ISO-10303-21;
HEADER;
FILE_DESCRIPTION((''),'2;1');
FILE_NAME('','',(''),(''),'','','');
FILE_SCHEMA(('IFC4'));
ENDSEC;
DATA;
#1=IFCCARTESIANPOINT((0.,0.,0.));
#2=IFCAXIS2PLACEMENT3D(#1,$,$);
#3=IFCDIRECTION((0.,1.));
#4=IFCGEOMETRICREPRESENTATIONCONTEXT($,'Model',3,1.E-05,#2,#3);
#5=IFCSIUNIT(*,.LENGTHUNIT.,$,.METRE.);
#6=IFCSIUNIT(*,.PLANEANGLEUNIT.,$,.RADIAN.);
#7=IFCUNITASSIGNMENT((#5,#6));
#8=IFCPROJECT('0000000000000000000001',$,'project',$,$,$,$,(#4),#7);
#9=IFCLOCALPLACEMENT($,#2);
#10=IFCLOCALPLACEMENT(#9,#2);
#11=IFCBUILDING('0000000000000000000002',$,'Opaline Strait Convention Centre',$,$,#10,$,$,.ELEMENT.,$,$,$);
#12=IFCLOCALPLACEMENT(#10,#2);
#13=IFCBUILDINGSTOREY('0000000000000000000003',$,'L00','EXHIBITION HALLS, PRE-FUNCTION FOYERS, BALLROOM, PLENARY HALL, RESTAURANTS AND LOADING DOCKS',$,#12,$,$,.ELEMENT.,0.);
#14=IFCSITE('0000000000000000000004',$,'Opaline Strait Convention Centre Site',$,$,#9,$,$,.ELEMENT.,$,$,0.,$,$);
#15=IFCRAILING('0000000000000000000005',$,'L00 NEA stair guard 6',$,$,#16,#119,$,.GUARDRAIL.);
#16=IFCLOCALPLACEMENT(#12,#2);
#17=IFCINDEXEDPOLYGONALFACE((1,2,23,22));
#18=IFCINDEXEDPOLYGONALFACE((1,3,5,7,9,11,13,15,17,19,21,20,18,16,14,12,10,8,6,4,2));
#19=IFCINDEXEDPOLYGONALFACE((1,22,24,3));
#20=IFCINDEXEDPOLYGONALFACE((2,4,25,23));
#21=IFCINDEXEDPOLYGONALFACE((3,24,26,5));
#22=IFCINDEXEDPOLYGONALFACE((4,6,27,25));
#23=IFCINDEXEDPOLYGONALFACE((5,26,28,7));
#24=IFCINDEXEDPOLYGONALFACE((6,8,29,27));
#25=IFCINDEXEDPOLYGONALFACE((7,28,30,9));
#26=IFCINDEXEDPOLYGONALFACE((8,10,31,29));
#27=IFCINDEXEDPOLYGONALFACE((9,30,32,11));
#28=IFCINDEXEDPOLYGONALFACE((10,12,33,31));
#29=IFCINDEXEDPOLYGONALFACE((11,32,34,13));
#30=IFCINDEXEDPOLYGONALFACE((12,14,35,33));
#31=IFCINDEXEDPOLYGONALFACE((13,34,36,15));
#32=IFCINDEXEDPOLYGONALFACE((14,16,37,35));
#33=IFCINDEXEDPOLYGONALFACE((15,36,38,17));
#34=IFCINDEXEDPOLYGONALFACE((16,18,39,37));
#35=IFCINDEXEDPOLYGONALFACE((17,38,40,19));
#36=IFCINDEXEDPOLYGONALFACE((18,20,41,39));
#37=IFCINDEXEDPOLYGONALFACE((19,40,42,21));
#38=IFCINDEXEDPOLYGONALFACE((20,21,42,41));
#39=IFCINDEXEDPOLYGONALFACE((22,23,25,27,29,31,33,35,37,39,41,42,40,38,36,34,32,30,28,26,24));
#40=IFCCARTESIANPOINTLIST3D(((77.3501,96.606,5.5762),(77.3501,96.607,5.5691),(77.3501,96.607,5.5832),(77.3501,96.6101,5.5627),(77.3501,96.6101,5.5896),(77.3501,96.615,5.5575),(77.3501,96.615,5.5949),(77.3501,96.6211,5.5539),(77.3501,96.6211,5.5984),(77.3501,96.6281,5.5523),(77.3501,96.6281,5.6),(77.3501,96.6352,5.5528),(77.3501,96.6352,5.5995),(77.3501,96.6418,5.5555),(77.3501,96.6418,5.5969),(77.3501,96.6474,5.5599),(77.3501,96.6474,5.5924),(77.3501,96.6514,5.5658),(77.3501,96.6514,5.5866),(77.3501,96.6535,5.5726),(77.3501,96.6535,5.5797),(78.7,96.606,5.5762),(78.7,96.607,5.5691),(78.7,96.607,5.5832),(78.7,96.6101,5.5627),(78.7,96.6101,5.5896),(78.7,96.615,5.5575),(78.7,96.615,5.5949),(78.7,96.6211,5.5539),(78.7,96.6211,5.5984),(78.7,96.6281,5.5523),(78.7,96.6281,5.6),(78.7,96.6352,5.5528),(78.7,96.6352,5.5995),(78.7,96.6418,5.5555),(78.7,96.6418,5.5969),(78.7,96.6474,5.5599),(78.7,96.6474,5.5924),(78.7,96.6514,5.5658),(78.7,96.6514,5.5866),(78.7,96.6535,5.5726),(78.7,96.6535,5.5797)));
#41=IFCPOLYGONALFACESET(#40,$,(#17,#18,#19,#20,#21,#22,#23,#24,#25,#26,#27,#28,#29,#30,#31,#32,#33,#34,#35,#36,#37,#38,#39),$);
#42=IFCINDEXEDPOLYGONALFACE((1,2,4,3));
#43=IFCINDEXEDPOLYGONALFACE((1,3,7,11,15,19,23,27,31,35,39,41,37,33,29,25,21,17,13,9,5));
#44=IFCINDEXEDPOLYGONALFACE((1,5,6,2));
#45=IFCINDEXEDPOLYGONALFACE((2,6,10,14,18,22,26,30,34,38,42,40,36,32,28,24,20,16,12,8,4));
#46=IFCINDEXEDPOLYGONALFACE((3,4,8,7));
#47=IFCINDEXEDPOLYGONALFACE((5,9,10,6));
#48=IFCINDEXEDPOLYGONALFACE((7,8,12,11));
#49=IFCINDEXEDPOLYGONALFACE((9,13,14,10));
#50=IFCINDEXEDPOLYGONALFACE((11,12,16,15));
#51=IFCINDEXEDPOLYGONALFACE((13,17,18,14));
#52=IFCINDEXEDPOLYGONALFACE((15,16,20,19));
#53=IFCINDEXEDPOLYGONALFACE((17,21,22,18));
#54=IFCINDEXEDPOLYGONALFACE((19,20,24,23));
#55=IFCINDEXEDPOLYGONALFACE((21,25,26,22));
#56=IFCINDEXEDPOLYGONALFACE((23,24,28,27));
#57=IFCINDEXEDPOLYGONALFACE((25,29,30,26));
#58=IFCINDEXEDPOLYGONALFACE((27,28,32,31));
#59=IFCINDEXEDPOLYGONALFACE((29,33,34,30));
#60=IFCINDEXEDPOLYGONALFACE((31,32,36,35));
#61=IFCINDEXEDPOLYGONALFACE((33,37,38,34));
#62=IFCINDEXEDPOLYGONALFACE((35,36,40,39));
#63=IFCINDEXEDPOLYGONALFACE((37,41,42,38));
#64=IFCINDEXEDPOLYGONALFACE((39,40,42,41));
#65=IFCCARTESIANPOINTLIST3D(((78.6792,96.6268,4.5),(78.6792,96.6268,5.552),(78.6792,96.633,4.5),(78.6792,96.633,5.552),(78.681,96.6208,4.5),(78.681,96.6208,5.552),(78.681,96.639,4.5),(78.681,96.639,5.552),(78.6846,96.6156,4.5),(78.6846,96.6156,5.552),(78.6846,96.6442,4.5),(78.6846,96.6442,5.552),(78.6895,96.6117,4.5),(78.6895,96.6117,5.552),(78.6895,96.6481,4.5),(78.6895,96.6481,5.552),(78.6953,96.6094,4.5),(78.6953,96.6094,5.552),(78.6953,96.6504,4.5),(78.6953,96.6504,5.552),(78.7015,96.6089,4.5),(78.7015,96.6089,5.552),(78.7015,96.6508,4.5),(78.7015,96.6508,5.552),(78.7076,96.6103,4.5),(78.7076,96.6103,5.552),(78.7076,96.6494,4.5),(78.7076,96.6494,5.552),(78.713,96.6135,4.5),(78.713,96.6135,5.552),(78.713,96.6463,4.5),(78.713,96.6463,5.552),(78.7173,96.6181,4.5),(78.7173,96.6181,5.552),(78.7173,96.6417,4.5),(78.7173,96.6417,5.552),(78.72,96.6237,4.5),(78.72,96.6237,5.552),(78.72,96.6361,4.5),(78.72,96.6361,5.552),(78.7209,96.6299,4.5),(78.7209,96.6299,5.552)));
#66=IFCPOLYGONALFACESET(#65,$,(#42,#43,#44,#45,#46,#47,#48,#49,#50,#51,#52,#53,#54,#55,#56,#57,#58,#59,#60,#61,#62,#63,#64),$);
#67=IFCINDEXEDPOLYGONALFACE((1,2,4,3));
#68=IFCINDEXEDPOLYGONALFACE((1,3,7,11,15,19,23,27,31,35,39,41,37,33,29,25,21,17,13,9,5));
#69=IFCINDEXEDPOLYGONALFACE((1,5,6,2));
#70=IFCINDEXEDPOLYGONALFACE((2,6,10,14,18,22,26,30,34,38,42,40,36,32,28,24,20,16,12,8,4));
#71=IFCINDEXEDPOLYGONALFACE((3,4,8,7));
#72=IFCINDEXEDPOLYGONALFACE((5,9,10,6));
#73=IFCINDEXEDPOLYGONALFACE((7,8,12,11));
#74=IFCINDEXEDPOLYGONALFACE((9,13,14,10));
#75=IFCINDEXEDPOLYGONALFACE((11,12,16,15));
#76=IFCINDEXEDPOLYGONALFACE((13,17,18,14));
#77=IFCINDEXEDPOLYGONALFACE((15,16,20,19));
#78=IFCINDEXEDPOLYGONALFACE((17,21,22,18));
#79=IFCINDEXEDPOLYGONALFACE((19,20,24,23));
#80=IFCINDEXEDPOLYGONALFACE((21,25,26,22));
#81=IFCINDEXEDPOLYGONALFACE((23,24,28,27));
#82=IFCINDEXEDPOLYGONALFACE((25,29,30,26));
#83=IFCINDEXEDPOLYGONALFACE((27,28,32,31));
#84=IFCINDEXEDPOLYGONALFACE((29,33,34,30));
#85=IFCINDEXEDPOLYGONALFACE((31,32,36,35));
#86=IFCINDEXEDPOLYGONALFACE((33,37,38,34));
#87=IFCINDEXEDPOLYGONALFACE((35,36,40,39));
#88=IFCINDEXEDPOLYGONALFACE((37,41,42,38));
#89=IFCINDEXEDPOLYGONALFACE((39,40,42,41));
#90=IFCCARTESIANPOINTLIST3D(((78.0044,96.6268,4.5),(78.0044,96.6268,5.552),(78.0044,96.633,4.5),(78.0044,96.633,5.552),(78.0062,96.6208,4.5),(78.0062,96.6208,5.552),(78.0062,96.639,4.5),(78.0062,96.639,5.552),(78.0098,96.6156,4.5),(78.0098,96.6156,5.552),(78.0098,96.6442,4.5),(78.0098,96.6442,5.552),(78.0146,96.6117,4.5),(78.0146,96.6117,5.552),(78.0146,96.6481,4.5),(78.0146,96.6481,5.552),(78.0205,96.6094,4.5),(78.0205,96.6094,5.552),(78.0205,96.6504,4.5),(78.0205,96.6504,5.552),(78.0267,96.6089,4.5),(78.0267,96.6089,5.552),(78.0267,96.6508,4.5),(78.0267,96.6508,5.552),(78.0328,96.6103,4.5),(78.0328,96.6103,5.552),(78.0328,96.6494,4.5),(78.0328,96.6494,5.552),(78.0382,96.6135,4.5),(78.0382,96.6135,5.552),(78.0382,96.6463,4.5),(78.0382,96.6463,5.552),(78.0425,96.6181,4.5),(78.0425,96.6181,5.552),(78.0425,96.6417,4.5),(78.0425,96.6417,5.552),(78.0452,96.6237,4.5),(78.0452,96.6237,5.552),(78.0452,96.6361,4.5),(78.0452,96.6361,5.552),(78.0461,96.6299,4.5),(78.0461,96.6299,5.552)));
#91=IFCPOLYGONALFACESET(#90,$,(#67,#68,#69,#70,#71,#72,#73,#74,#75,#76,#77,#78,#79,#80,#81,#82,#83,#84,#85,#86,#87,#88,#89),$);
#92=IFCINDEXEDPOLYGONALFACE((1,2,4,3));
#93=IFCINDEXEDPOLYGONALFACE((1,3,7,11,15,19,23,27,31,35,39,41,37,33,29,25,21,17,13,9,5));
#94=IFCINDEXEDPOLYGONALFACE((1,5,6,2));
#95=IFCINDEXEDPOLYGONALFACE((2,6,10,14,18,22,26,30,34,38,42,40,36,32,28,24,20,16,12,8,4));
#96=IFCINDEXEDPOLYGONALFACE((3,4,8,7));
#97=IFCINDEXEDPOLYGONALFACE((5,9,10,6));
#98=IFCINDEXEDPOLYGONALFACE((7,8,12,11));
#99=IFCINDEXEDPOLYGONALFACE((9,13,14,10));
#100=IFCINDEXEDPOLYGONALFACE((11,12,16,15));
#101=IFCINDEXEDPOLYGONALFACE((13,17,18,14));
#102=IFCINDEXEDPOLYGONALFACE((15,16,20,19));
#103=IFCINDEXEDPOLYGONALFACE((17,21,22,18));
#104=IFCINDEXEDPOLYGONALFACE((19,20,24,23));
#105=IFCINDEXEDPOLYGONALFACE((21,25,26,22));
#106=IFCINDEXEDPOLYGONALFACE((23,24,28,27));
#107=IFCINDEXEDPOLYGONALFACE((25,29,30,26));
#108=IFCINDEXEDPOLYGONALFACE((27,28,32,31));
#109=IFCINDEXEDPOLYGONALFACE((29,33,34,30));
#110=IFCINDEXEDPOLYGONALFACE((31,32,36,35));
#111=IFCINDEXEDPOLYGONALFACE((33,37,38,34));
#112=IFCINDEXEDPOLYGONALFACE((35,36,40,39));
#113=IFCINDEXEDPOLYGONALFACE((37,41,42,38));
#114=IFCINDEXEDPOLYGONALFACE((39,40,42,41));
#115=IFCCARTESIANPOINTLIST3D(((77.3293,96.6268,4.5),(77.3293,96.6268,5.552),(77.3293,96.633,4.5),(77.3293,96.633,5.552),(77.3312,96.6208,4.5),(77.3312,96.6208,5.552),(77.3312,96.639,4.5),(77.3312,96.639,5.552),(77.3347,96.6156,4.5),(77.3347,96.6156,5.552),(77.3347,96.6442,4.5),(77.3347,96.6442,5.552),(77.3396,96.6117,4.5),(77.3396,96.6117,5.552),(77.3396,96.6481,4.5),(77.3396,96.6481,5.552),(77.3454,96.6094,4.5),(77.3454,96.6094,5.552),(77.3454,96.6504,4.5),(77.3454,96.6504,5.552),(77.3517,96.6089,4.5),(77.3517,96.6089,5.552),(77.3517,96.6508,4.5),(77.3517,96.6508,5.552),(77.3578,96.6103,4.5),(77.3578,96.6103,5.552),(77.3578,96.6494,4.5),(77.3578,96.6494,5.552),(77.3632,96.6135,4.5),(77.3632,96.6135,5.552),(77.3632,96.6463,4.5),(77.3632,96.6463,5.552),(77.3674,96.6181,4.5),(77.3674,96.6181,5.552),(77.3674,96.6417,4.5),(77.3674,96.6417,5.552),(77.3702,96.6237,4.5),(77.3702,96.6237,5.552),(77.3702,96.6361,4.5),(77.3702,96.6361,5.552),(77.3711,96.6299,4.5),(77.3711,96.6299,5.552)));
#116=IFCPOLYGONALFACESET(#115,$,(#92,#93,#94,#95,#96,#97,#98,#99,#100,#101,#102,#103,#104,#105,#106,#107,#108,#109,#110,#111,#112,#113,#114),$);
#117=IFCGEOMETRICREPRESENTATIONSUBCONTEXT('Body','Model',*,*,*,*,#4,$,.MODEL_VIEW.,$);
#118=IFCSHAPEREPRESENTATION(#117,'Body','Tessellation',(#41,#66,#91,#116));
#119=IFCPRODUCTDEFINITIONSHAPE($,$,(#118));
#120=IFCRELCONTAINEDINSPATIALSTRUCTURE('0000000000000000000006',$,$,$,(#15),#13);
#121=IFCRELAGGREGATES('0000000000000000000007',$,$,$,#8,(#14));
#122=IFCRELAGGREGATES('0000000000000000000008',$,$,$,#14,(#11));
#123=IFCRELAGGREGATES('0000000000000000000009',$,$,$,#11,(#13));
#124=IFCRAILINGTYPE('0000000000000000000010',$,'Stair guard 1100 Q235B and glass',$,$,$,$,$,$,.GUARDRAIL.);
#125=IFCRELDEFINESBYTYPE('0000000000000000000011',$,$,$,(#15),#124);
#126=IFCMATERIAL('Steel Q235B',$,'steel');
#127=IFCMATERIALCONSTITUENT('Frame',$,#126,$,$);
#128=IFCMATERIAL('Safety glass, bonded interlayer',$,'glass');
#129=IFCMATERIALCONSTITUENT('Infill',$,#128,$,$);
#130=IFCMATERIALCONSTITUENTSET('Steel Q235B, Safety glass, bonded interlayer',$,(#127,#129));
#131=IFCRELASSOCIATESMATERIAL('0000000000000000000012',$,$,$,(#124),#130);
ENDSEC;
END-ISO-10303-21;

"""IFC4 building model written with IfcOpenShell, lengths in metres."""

from ifc_helpers import new_model, si_unit, direction, frame, origin, origin_2d, place, context, subcontext, project, spatial, circle, extrude, material, constituent, constituent_set, type_object, element, save


model = new_model("IFC4")

# Units and contexts
model_context = context("Model", 3, precision=1e-05, world=origin(), true_north=direction((0.0, 1.0)))
body_context = subcontext(model_context, "Body", "Model", "MODEL_VIEW")
ifc_project = project(units=[si_unit("LENGTHUNIT", "METRE"), si_unit("PLANEANGLEUNIT", "RADIAN")], contexts=[model_context])

# Site, building, storey
site_placement = place(None, origin())
site = spatial("IfcSite", under=ifc_project, at=site_placement, Name="Opaline Strait Convention Centre Site", CompositionType="ELEMENT", RefElevation=0.0)
building_placement = place(site_placement, origin())
building = spatial("IfcBuilding", under=site, at=building_placement, Name="Opaline Strait Convention Centre", CompositionType="ELEMENT")
storey_placement = place(building_placement, origin())
storey = spatial("IfcBuildingStorey", under=building, at=storey_placement, Name="L00", Description="EXHIBITION HALLS, PRE-FUNCTION FOYERS, BALLROOM, PLENARY HALL, RESTAURANTS AND LOADING DOCKS", CompositionType="ELEMENT", Elevation=0.0)

# Railing
ifc_material_1 = material(Name="Steel Q235B", Category="steel")
ifc_constituent_1 = constituent(ifc_material_1, Name="Frame")
ifc_material_2 = material(Name="Safety glass, bonded interlayer", Category="glass")
ifc_constituent_2 = constituent(ifc_material_2, Name="Infill")
ifc_constituent_set = constituent_set(constituents=[ifc_constituent_1, ifc_constituent_2], Name="Steel Q235B, Safety glass, bonded interlayer")
railing_type_1 = type_object("IfcRailingType", Name="Stair guard 1100 Q235B and glass", PredefinedType="GUARDRAIL", material=ifc_constituent_set)
railing_1_placement = place(storey_placement, frame((78.7, 96.6299, 4.5)))
element("IfcRailing", 1, at=railing_1_placement, inside=storey, type_object=railing_type_1, Name="L00 NEA stair guard 6", PredefinedType="GUARDRAIL", context=body_context, shape_type="SweptSolid", body=[
    extrude(circle(Radius=0.0239, at=origin_2d()), frame((0.0, 0.0, 1.0762), z_axis=(-1.0, 0.0, 0.0), x_axis=(0.0, -1.0, 0.0)), (0.0, 0.0, 1.0), 1.3499),
    extrude(circle(Radius=0.021, at=origin_2d()), origin(), (0.0, 0.0, 1.0), 1.052),
    extrude(circle(Radius=0.021, at=origin_2d()), frame((-0.6748, 0.0, 0.0)), (0.0, 0.0, 1.0), 1.052),
    extrude(circle(Radius=0.021, at=origin_2d()), frame((-1.3499, 0.0, 0.0)), (0.0, 0.0, 1.0), 1.052),
])

save(model, "model.ifc")
